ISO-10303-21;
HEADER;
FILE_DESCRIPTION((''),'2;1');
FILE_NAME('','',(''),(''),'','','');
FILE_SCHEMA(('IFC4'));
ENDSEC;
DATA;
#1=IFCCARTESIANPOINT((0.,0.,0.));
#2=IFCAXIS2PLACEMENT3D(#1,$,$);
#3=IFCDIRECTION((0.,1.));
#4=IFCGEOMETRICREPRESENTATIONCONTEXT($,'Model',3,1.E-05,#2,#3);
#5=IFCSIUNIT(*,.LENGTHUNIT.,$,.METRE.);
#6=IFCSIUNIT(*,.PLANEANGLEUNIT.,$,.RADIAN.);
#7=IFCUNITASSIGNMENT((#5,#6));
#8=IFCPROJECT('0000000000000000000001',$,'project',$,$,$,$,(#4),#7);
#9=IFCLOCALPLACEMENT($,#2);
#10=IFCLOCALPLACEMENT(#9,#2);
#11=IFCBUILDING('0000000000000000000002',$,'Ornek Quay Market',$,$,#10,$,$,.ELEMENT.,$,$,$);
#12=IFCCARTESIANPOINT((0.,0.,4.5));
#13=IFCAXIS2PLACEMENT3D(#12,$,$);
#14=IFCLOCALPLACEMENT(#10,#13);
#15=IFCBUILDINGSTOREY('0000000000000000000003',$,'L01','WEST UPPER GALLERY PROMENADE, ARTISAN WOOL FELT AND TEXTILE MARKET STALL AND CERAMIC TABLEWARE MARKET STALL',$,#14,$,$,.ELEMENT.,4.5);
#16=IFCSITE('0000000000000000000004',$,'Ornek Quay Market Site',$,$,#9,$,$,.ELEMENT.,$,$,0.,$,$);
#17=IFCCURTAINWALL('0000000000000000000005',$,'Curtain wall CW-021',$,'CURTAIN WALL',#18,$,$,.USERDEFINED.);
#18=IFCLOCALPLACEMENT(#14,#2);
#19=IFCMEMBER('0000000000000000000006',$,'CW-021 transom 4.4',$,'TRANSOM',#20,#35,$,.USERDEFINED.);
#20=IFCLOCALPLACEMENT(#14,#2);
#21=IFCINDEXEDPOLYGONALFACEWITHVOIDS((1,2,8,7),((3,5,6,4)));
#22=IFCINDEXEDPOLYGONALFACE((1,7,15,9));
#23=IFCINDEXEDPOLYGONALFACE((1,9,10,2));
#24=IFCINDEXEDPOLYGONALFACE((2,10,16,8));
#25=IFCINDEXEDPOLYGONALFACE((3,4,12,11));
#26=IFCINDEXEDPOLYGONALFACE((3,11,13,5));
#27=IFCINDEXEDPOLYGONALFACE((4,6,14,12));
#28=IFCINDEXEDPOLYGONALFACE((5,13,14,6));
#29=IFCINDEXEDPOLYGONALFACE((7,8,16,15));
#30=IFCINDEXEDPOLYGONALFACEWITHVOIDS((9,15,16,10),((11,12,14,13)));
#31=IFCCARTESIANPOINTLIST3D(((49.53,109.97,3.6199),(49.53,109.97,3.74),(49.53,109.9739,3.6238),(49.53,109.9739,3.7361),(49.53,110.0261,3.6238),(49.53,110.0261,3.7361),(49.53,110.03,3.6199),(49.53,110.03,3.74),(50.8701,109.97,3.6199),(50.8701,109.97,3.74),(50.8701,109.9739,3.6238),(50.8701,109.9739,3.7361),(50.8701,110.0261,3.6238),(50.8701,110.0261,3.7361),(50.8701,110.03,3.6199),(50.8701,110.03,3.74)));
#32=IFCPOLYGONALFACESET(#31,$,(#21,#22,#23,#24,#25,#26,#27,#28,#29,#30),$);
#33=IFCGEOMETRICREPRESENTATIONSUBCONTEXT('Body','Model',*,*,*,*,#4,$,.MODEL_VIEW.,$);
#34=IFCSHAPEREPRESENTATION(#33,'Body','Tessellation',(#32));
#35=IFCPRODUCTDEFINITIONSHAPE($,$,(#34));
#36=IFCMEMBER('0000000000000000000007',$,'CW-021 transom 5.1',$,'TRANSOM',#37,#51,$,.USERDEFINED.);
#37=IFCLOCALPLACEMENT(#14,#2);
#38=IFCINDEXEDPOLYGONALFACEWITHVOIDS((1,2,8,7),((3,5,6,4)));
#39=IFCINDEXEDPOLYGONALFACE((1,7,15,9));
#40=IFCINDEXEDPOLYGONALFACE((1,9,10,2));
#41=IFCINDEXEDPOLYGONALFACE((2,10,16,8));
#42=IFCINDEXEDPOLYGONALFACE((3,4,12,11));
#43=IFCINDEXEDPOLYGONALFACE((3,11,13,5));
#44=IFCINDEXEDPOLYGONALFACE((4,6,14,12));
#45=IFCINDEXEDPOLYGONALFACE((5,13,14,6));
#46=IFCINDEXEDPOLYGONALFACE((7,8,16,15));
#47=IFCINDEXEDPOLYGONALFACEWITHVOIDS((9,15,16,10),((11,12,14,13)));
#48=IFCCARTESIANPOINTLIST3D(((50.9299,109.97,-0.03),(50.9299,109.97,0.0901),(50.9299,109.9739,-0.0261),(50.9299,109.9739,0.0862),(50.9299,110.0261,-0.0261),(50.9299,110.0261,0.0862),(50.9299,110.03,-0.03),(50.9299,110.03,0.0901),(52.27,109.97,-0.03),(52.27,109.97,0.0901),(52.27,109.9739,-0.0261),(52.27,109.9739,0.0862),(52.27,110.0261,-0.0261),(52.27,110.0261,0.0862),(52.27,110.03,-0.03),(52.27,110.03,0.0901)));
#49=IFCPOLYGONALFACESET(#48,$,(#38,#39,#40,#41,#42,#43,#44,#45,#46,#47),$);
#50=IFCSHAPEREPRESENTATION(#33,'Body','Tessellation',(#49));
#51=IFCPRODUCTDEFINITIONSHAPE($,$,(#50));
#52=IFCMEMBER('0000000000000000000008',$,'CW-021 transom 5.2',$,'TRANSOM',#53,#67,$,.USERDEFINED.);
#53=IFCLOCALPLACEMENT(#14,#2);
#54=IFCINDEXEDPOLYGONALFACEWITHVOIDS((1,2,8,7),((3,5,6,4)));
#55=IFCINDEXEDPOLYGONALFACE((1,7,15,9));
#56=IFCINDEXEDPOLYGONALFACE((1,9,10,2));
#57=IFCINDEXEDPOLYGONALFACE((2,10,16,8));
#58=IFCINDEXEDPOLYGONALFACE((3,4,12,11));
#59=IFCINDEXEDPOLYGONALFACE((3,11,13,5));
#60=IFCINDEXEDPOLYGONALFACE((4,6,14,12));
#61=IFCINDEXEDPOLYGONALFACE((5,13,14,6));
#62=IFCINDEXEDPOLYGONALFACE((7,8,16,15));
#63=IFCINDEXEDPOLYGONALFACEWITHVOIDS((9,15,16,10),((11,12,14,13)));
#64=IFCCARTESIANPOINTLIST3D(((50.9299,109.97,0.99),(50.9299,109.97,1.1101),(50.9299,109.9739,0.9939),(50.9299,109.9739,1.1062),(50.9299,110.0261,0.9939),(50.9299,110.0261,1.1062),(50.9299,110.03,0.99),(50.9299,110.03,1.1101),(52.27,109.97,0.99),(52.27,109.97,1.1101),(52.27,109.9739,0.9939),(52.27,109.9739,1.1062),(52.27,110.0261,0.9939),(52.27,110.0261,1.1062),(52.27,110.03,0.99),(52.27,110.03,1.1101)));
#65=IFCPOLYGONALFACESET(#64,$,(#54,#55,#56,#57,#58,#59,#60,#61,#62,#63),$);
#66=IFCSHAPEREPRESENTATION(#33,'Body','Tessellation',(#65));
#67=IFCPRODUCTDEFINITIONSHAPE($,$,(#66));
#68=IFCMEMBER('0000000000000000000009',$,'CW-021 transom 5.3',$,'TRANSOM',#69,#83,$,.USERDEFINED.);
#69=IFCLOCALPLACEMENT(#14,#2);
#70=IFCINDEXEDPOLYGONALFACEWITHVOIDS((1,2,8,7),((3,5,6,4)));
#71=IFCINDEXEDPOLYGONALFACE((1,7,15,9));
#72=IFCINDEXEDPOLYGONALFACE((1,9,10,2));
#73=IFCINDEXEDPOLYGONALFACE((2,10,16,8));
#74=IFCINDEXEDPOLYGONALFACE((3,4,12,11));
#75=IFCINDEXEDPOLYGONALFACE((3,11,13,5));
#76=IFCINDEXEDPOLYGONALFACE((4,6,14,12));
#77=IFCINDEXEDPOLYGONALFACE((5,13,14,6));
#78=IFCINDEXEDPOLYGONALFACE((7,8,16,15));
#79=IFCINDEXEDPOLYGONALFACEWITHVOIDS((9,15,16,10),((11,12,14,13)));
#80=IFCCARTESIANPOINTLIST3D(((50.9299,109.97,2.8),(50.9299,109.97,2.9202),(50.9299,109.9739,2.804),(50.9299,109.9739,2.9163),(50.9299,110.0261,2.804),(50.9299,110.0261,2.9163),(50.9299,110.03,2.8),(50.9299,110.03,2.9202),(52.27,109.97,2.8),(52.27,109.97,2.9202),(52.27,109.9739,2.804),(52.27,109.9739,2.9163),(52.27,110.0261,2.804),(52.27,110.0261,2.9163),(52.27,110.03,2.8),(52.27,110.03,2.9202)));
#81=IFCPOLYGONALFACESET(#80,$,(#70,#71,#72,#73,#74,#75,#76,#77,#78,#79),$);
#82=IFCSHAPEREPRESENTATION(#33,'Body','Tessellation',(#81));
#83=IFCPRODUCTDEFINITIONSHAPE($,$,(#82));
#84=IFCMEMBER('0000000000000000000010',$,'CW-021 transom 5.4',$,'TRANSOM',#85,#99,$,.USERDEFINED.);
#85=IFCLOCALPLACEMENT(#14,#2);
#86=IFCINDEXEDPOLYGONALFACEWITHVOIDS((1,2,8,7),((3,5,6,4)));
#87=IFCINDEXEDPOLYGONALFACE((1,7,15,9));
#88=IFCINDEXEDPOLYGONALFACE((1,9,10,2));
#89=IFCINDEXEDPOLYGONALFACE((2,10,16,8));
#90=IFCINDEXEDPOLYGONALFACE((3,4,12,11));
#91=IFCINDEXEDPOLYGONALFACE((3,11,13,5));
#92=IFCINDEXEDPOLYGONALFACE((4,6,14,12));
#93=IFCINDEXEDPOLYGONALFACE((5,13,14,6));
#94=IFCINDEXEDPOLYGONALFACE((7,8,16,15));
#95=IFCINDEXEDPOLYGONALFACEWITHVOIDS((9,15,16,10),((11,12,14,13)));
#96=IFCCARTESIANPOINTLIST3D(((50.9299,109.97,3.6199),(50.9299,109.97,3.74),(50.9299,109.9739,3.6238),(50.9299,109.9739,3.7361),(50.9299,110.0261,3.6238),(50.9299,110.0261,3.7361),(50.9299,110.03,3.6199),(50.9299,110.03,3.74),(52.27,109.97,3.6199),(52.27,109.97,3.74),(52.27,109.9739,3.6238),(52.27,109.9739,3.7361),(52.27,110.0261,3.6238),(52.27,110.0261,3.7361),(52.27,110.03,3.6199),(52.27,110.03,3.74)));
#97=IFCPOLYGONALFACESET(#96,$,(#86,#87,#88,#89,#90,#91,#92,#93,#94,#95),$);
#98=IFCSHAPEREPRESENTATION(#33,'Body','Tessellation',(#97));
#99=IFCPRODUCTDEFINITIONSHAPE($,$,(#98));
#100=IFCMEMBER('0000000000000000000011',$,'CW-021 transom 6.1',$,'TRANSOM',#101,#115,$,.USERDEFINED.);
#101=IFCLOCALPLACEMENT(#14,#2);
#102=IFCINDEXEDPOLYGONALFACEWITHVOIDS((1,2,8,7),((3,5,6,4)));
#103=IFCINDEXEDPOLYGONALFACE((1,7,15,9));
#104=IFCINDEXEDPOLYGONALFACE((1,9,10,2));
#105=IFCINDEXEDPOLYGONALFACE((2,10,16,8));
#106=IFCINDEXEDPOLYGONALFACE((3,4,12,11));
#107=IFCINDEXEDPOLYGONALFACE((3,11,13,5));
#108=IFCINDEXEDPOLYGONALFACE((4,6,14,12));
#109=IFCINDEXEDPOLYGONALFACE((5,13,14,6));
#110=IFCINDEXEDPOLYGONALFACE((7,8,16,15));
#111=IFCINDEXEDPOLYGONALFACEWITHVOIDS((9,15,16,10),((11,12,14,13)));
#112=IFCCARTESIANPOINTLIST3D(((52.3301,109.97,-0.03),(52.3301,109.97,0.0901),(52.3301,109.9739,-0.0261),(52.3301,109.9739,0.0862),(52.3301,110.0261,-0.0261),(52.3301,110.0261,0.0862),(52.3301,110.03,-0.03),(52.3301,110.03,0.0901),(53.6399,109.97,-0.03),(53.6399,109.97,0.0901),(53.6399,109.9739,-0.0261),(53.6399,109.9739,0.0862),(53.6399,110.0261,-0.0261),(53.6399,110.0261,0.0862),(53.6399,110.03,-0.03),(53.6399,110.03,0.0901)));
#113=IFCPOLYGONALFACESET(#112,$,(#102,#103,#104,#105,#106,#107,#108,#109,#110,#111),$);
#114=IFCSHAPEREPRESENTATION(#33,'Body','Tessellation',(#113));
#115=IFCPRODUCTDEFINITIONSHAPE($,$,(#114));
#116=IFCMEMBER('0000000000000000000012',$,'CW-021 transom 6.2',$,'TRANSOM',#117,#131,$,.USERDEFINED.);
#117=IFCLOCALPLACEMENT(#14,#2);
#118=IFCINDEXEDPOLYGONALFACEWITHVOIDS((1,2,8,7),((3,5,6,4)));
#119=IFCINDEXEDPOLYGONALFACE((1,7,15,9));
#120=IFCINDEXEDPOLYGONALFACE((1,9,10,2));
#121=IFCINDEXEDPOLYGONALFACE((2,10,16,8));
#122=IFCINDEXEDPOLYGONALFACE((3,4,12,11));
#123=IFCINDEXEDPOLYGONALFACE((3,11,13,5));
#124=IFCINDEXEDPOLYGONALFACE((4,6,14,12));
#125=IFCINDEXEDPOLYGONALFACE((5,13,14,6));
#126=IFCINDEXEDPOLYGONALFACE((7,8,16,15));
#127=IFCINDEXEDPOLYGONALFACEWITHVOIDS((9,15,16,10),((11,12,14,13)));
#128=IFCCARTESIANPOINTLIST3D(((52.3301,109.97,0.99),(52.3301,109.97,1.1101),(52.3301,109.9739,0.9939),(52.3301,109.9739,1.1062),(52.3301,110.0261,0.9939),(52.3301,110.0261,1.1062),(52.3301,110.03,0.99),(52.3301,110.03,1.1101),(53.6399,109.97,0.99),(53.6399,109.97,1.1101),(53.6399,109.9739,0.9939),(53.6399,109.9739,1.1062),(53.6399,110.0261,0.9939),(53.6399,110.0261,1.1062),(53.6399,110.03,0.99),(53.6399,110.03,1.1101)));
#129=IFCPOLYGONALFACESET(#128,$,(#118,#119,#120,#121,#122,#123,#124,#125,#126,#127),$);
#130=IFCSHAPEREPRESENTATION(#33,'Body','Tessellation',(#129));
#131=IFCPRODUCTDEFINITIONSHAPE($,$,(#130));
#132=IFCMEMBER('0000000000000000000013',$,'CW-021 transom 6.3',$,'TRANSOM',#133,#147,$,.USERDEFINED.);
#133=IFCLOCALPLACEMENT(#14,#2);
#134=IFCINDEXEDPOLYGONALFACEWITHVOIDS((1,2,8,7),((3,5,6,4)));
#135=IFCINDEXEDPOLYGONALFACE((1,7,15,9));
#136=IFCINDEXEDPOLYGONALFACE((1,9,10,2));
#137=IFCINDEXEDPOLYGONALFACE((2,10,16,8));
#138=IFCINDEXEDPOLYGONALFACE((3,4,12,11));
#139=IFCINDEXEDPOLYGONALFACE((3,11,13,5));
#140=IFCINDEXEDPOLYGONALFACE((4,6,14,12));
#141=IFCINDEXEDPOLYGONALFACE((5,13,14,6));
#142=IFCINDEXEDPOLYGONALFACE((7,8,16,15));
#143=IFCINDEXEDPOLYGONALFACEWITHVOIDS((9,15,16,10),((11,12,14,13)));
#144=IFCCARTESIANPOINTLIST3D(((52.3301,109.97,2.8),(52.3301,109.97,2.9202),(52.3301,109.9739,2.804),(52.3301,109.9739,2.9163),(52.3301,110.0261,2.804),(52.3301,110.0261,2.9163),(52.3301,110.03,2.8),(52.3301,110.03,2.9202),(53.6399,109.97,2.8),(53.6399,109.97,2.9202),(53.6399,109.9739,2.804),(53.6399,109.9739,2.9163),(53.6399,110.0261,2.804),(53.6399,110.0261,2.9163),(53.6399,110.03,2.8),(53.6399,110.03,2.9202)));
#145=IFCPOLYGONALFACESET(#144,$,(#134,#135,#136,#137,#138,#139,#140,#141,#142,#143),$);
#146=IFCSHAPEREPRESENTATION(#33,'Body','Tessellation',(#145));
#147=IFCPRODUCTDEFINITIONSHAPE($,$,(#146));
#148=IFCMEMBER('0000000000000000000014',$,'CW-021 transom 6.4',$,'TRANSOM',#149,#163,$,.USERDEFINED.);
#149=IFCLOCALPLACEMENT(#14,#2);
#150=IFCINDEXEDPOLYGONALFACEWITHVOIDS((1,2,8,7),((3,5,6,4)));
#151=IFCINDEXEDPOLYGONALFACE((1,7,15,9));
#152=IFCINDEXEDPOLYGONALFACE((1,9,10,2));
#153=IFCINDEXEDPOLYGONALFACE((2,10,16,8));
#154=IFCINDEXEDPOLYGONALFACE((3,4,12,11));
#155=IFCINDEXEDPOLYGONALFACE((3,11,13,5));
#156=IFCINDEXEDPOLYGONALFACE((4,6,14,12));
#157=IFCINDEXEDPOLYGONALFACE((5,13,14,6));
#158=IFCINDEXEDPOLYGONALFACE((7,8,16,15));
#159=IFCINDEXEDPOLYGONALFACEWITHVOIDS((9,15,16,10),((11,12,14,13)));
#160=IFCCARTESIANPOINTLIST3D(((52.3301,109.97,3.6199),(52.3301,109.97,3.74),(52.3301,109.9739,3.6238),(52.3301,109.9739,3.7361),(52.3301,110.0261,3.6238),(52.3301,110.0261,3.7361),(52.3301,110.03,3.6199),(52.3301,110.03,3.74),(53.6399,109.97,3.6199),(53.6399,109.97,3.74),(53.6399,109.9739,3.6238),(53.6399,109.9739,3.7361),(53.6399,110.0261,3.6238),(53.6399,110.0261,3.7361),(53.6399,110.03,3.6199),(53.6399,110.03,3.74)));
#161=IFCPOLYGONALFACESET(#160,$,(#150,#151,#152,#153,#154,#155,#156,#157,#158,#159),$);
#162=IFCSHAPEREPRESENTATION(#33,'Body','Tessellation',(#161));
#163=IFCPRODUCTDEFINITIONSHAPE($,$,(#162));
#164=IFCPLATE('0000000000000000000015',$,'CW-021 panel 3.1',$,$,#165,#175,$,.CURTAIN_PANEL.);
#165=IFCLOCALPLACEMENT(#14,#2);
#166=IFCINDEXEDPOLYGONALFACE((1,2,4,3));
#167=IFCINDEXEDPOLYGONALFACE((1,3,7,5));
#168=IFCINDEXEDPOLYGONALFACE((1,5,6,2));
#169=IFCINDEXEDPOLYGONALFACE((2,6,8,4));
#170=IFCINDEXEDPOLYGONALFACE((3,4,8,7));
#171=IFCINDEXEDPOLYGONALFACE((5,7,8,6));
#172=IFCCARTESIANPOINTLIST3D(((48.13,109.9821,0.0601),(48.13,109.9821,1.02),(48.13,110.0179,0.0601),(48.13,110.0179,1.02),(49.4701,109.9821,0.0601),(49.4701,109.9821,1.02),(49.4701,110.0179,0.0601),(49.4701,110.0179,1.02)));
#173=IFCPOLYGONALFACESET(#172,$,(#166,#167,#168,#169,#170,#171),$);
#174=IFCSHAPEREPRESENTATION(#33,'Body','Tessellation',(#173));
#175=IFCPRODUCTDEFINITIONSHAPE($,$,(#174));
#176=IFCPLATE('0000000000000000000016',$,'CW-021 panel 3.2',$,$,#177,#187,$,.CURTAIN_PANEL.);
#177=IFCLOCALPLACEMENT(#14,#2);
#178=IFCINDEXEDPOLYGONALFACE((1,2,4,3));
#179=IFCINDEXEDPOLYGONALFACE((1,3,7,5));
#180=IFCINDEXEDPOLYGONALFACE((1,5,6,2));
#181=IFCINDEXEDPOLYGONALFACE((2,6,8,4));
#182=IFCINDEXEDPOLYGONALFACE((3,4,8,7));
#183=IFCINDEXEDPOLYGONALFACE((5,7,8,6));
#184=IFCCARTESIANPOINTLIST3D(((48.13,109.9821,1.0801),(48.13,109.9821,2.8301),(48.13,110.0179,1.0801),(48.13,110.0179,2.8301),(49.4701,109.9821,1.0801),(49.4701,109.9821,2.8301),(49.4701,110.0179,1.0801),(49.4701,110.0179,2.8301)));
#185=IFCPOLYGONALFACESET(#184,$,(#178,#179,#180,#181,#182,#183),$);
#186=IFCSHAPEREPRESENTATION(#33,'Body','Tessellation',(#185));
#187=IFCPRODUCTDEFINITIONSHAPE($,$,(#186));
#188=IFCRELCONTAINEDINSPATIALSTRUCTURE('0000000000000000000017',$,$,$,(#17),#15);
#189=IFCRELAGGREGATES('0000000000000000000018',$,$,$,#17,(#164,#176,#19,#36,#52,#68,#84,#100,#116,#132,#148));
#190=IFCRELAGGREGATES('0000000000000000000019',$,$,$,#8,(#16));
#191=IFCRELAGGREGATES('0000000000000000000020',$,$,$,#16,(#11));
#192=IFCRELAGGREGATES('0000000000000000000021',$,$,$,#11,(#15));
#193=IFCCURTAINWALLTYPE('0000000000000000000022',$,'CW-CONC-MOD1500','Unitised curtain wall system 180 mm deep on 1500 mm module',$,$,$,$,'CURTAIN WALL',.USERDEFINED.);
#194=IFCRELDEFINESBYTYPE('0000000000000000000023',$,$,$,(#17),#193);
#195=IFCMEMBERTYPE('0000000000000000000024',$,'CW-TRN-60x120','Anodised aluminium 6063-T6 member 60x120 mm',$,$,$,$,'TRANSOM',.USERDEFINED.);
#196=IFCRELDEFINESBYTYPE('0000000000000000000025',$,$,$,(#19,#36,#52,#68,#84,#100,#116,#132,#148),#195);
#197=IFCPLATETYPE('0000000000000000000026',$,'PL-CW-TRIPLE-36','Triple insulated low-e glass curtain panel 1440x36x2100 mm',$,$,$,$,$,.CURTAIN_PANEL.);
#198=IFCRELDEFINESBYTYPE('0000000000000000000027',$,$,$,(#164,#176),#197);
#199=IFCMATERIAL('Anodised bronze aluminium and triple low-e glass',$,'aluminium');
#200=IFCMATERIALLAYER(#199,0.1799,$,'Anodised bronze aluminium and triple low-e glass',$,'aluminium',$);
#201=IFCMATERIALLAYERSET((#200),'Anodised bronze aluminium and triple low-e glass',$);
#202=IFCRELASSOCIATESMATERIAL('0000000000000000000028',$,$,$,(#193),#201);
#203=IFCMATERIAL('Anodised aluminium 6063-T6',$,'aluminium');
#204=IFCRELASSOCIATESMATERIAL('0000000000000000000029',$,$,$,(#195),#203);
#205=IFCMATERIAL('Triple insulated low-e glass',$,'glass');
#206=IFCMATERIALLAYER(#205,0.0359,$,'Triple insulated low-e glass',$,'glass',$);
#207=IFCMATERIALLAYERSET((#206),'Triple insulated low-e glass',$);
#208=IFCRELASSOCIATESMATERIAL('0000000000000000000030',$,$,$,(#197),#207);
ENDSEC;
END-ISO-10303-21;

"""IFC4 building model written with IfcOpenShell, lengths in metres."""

from ifc_helpers import new_model, si_unit, direction, frame, origin, origin_2d, place, context, subcontext, project, spatial, rectangle, hollow_rectangle, extrude, material, layer, layer_set, material_profile, profile_set, type_object, element, aggregate, save


model = new_model("IFC4")

# Units and contexts
model_context = context("Model", 3, precision=1e-05, world=origin(), true_north=direction((0.0, 1.0)))
body_context = subcontext(model_context, "Body", "Model", "MODEL_VIEW")
ifc_project = project(units=[si_unit("LENGTHUNIT", "METRE"), si_unit("PLANEANGLEUNIT", "RADIAN")], contexts=[model_context])

# Site, building, storey
site_placement = place(None, origin())
site = spatial("IfcSite", under=ifc_project, at=site_placement, Name="Ornek Quay Market Site", CompositionType="ELEMENT", RefElevation=0.0)
building_placement = place(site_placement, origin())
building = spatial("IfcBuilding", under=site, at=building_placement, Name="Ornek Quay Market", CompositionType="ELEMENT")
storey_placement = place(building_placement, frame((0.0, 0.0, 4.5)))
storey = spatial("IfcBuildingStorey", under=building, at=storey_placement, Name="L01", Description="WEST UPPER GALLERY PROMENADE, ARTISAN WOOL FELT AND TEXTILE MARKET STALL AND CERAMIC TABLEWARE MARKET STALL", CompositionType="ELEMENT", Elevation=4.5)

# Curtain wall, members, plates
ifc_material_1 = material(Name="Anodised bronze aluminium and triple low-e glass", Category="aluminium")
ifc_layer_1 = layer(ifc_material_1, 0.1799, Name="Anodised bronze aluminium and triple low-e glass", Category="aluminium")
ifc_layer_set_1 = layer_set([ifc_layer_1], Name="Anodised bronze aluminium and triple low-e glass")
curtain_wall_type = type_object("IfcCurtainWallType", Name="CW-CONC-MOD1500", Description="Unitised curtain wall system 180 mm deep on 1500 mm module", ElementType="CURTAIN WALL", PredefinedType="USERDEFINED", material=ifc_layer_set_1)
curtain_wall_placement = place(storey_placement, origin())
curtain_wall = element("IfcCurtainWall", 1, at=curtain_wall_placement, inside=storey, type_object=curtain_wall_type, Name="Curtain wall CW-021", ObjectType="CURTAIN WALL", PredefinedType="USERDEFINED")
ifc_material_2 = material(Name="Anodised aluminium 6063-T6", Category="aluminium")
ifc_material_profile_1 = material_profile(ifc_material_2, hollow_rectangle(XDim=0.0601, YDim=0.1201, WallThickness=0.0039, at=origin_2d()), Name="CW-TRN-60x120", Category="aluminium")
ifc_profile_set_1 = profile_set([ifc_material_profile_1], Name="Anodised aluminium 6063-T6")
member_type_1 = type_object("IfcMemberType", Name="CW-TRN-60x120", Description="Anodised aluminium 6063-T6 member 60x120 mm", ElementType="TRANSOM", PredefinedType="USERDEFINED", material=ifc_profile_set_1)
member_1_placement = place(storey_placement, frame((49.53, 110.0, 3.6799), z_axis=(1.0, 0.0, 0.0), x_axis=(0.0, 1.0, 0.0)))
member_1 = element("IfcMember", 2, at=member_1_placement, type_object=member_type_1, Name="CW-021 transom 4.4", ObjectType="TRANSOM", PredefinedType="USERDEFINED", context=body_context, shape_type="SweptSolid", body=[
    extrude(hollow_rectangle(XDim=0.0601, YDim=0.1201, WallThickness=0.0039, at=origin_2d()), origin(), (0.0, 0.0, 1.0), 1.3401),
])
member_2_placement = place(storey_placement, frame((50.9299, 110.0, 0.03), z_axis=(1.0, 0.0, 0.0), x_axis=(0.0, 1.0, 0.0)))
member_2 = element("IfcMember", 3, at=member_2_placement, type_object=member_type_1, Name="CW-021 transom 5.1", ObjectType="TRANSOM", PredefinedType="USERDEFINED", context=body_context, shape_type="SweptSolid", body=[
    extrude(hollow_rectangle(XDim=0.0601, YDim=0.1201, WallThickness=0.0039, at=origin_2d()), origin(), (0.0, 0.0, 1.0), 1.3401),
])
member_3_placement = place(storey_placement, frame((50.9299, 110.0, 1.05), z_axis=(1.0, 0.0, 0.0), x_axis=(0.0, 1.0, 0.0)))
member_3 = element("IfcMember", 4, at=member_3_placement, type_object=member_type_1, Name="CW-021 transom 5.2", ObjectType="TRANSOM", PredefinedType="USERDEFINED", context=body_context, shape_type="SweptSolid", body=[
    extrude(hollow_rectangle(XDim=0.0601, YDim=0.1201, WallThickness=0.0039, at=origin_2d()), origin(), (0.0, 0.0, 1.0), 1.3401),
])
member_4_placement = place(storey_placement, frame((50.9299, 110.0, 2.8601), z_axis=(1.0, 0.0, 0.0), x_axis=(0.0, 1.0, 0.0)))
member_4 = element("IfcMember", 5, at=member_4_placement, type_object=member_type_1, Name="CW-021 transom 5.3", ObjectType="TRANSOM", PredefinedType="USERDEFINED", context=body_context, shape_type="SweptSolid", body=[
    extrude(hollow_rectangle(XDim=0.0601, YDim=0.1201, WallThickness=0.0039, at=origin_2d()), origin(), (0.0, 0.0, 1.0), 1.3401),
])
member_5_placement = place(storey_placement, frame((50.9299, 110.0, 3.6799), z_axis=(1.0, 0.0, 0.0), x_axis=(0.0, 1.0, 0.0)))
member_5 = element("IfcMember", 6, at=member_5_placement, type_object=member_type_1, Name="CW-021 transom 5.4", ObjectType="TRANSOM", PredefinedType="USERDEFINED", context=body_context, shape_type="SweptSolid", body=[
    extrude(hollow_rectangle(XDim=0.0601, YDim=0.1201, WallThickness=0.0039, at=origin_2d()), origin(), (0.0, 0.0, 1.0), 1.3401),
])
member_6_placement = place(storey_placement, frame((52.3301, 110.0, 0.03), z_axis=(1.0, 0.0, 0.0), x_axis=(0.0, 1.0, 0.0)))
member_6 = element("IfcMember", 7, at=member_6_placement, type_object=member_type_1, Name="CW-021 transom 6.1", ObjectType="TRANSOM", PredefinedType="USERDEFINED", context=body_context, shape_type="SweptSolid", body=[
    extrude(hollow_rectangle(XDim=0.0601, YDim=0.1201, WallThickness=0.0039, at=origin_2d()), origin(), (0.0, 0.0, 1.0), 1.3098),
])
member_7_placement = place(storey_placement, frame((52.3301, 110.0, 1.05), z_axis=(1.0, 0.0, 0.0), x_axis=(0.0, 1.0, 0.0)))
member_7 = element("IfcMember", 8, at=member_7_placement, type_object=member_type_1, Name="CW-021 transom 6.2", ObjectType="TRANSOM", PredefinedType="USERDEFINED", context=body_context, shape_type="SweptSolid", body=[
    extrude(hollow_rectangle(XDim=0.0601, YDim=0.1201, WallThickness=0.0039, at=origin_2d()), origin(), (0.0, 0.0, 1.0), 1.3098),
])
member_8_placement = place(storey_placement, frame((52.3301, 110.0, 2.8601), z_axis=(1.0, 0.0, 0.0), x_axis=(0.0, 1.0, 0.0)))
member_8 = element("IfcMember", 9, at=member_8_placement, type_object=member_type_1, Name="CW-021 transom 6.3", ObjectType="TRANSOM", PredefinedType="USERDEFINED", context=body_context, shape_type="SweptSolid", body=[
    extrude(hollow_rectangle(XDim=0.0601, YDim=0.1201, WallThickness=0.0039, at=origin_2d()), origin(), (0.0, 0.0, 1.0), 1.3098),
])
member_9_placement = place(storey_placement, frame((52.3301, 110.0, 3.6799), z_axis=(1.0, 0.0, 0.0), x_axis=(0.0, 1.0, 0.0)))
member_9 = element("IfcMember", 10, at=member_9_placement, type_object=member_type_1, Name="CW-021 transom 6.4", ObjectType="TRANSOM", PredefinedType="USERDEFINED", context=body_context, shape_type="SweptSolid", body=[
    extrude(hollow_rectangle(XDim=0.0601, YDim=0.1201, WallThickness=0.0039, at=origin_2d()), origin(), (0.0, 0.0, 1.0), 1.3098),
])
ifc_material_3 = material(Name="Triple insulated low-e glass", Category="glass")
ifc_layer_2 = layer(ifc_material_3, 0.0359, Name="Triple insulated low-e glass", Category="glass")
ifc_layer_set_2 = layer_set([ifc_layer_2], Name="Triple insulated low-e glass")
plate_type = type_object("IfcPlateType", Name="PL-CW-TRIPLE-36", Description="Triple insulated low-e glass curtain panel 1440x36x2100 mm", PredefinedType="CURTAIN_PANEL", material=ifc_layer_set_2)
plate_1_placement = place(storey_placement, frame((48.8, 110.0, 0.0601), z_axis=(0.0, 0.0, 1.0), x_axis=(1.0, 0.0, 0.0)))
plate_1 = element("IfcPlate", 11, at=plate_1_placement, type_object=plate_type, Name="CW-021 panel 3.1", PredefinedType="CURTAIN_PANEL", context=body_context, shape_type="SweptSolid", body=[
    extrude(rectangle(XDim=1.3401, YDim=0.0359, at=origin_2d()), origin(), (0.0, 0.0, 1.0), 0.96),
])
plate_2_placement = place(storey_placement, frame((48.8, 110.0, 1.0801), z_axis=(0.0, 0.0, 1.0), x_axis=(1.0, 0.0, 0.0)))
plate_2 = element("IfcPlate", 12, at=plate_2_placement, type_object=plate_type, Name="CW-021 panel 3.2", PredefinedType="CURTAIN_PANEL", context=body_context, shape_type="SweptSolid", body=[
    extrude(rectangle(XDim=1.3401, YDim=0.0359, at=origin_2d()), origin(), (0.0, 0.0, 1.0), 1.75),
])
aggregate(curtain_wall, [plate_1, plate_2, member_1, member_2, member_3, member_4, member_5, member_6, member_7, member_8, member_9])

save(model, "model.ifc")
